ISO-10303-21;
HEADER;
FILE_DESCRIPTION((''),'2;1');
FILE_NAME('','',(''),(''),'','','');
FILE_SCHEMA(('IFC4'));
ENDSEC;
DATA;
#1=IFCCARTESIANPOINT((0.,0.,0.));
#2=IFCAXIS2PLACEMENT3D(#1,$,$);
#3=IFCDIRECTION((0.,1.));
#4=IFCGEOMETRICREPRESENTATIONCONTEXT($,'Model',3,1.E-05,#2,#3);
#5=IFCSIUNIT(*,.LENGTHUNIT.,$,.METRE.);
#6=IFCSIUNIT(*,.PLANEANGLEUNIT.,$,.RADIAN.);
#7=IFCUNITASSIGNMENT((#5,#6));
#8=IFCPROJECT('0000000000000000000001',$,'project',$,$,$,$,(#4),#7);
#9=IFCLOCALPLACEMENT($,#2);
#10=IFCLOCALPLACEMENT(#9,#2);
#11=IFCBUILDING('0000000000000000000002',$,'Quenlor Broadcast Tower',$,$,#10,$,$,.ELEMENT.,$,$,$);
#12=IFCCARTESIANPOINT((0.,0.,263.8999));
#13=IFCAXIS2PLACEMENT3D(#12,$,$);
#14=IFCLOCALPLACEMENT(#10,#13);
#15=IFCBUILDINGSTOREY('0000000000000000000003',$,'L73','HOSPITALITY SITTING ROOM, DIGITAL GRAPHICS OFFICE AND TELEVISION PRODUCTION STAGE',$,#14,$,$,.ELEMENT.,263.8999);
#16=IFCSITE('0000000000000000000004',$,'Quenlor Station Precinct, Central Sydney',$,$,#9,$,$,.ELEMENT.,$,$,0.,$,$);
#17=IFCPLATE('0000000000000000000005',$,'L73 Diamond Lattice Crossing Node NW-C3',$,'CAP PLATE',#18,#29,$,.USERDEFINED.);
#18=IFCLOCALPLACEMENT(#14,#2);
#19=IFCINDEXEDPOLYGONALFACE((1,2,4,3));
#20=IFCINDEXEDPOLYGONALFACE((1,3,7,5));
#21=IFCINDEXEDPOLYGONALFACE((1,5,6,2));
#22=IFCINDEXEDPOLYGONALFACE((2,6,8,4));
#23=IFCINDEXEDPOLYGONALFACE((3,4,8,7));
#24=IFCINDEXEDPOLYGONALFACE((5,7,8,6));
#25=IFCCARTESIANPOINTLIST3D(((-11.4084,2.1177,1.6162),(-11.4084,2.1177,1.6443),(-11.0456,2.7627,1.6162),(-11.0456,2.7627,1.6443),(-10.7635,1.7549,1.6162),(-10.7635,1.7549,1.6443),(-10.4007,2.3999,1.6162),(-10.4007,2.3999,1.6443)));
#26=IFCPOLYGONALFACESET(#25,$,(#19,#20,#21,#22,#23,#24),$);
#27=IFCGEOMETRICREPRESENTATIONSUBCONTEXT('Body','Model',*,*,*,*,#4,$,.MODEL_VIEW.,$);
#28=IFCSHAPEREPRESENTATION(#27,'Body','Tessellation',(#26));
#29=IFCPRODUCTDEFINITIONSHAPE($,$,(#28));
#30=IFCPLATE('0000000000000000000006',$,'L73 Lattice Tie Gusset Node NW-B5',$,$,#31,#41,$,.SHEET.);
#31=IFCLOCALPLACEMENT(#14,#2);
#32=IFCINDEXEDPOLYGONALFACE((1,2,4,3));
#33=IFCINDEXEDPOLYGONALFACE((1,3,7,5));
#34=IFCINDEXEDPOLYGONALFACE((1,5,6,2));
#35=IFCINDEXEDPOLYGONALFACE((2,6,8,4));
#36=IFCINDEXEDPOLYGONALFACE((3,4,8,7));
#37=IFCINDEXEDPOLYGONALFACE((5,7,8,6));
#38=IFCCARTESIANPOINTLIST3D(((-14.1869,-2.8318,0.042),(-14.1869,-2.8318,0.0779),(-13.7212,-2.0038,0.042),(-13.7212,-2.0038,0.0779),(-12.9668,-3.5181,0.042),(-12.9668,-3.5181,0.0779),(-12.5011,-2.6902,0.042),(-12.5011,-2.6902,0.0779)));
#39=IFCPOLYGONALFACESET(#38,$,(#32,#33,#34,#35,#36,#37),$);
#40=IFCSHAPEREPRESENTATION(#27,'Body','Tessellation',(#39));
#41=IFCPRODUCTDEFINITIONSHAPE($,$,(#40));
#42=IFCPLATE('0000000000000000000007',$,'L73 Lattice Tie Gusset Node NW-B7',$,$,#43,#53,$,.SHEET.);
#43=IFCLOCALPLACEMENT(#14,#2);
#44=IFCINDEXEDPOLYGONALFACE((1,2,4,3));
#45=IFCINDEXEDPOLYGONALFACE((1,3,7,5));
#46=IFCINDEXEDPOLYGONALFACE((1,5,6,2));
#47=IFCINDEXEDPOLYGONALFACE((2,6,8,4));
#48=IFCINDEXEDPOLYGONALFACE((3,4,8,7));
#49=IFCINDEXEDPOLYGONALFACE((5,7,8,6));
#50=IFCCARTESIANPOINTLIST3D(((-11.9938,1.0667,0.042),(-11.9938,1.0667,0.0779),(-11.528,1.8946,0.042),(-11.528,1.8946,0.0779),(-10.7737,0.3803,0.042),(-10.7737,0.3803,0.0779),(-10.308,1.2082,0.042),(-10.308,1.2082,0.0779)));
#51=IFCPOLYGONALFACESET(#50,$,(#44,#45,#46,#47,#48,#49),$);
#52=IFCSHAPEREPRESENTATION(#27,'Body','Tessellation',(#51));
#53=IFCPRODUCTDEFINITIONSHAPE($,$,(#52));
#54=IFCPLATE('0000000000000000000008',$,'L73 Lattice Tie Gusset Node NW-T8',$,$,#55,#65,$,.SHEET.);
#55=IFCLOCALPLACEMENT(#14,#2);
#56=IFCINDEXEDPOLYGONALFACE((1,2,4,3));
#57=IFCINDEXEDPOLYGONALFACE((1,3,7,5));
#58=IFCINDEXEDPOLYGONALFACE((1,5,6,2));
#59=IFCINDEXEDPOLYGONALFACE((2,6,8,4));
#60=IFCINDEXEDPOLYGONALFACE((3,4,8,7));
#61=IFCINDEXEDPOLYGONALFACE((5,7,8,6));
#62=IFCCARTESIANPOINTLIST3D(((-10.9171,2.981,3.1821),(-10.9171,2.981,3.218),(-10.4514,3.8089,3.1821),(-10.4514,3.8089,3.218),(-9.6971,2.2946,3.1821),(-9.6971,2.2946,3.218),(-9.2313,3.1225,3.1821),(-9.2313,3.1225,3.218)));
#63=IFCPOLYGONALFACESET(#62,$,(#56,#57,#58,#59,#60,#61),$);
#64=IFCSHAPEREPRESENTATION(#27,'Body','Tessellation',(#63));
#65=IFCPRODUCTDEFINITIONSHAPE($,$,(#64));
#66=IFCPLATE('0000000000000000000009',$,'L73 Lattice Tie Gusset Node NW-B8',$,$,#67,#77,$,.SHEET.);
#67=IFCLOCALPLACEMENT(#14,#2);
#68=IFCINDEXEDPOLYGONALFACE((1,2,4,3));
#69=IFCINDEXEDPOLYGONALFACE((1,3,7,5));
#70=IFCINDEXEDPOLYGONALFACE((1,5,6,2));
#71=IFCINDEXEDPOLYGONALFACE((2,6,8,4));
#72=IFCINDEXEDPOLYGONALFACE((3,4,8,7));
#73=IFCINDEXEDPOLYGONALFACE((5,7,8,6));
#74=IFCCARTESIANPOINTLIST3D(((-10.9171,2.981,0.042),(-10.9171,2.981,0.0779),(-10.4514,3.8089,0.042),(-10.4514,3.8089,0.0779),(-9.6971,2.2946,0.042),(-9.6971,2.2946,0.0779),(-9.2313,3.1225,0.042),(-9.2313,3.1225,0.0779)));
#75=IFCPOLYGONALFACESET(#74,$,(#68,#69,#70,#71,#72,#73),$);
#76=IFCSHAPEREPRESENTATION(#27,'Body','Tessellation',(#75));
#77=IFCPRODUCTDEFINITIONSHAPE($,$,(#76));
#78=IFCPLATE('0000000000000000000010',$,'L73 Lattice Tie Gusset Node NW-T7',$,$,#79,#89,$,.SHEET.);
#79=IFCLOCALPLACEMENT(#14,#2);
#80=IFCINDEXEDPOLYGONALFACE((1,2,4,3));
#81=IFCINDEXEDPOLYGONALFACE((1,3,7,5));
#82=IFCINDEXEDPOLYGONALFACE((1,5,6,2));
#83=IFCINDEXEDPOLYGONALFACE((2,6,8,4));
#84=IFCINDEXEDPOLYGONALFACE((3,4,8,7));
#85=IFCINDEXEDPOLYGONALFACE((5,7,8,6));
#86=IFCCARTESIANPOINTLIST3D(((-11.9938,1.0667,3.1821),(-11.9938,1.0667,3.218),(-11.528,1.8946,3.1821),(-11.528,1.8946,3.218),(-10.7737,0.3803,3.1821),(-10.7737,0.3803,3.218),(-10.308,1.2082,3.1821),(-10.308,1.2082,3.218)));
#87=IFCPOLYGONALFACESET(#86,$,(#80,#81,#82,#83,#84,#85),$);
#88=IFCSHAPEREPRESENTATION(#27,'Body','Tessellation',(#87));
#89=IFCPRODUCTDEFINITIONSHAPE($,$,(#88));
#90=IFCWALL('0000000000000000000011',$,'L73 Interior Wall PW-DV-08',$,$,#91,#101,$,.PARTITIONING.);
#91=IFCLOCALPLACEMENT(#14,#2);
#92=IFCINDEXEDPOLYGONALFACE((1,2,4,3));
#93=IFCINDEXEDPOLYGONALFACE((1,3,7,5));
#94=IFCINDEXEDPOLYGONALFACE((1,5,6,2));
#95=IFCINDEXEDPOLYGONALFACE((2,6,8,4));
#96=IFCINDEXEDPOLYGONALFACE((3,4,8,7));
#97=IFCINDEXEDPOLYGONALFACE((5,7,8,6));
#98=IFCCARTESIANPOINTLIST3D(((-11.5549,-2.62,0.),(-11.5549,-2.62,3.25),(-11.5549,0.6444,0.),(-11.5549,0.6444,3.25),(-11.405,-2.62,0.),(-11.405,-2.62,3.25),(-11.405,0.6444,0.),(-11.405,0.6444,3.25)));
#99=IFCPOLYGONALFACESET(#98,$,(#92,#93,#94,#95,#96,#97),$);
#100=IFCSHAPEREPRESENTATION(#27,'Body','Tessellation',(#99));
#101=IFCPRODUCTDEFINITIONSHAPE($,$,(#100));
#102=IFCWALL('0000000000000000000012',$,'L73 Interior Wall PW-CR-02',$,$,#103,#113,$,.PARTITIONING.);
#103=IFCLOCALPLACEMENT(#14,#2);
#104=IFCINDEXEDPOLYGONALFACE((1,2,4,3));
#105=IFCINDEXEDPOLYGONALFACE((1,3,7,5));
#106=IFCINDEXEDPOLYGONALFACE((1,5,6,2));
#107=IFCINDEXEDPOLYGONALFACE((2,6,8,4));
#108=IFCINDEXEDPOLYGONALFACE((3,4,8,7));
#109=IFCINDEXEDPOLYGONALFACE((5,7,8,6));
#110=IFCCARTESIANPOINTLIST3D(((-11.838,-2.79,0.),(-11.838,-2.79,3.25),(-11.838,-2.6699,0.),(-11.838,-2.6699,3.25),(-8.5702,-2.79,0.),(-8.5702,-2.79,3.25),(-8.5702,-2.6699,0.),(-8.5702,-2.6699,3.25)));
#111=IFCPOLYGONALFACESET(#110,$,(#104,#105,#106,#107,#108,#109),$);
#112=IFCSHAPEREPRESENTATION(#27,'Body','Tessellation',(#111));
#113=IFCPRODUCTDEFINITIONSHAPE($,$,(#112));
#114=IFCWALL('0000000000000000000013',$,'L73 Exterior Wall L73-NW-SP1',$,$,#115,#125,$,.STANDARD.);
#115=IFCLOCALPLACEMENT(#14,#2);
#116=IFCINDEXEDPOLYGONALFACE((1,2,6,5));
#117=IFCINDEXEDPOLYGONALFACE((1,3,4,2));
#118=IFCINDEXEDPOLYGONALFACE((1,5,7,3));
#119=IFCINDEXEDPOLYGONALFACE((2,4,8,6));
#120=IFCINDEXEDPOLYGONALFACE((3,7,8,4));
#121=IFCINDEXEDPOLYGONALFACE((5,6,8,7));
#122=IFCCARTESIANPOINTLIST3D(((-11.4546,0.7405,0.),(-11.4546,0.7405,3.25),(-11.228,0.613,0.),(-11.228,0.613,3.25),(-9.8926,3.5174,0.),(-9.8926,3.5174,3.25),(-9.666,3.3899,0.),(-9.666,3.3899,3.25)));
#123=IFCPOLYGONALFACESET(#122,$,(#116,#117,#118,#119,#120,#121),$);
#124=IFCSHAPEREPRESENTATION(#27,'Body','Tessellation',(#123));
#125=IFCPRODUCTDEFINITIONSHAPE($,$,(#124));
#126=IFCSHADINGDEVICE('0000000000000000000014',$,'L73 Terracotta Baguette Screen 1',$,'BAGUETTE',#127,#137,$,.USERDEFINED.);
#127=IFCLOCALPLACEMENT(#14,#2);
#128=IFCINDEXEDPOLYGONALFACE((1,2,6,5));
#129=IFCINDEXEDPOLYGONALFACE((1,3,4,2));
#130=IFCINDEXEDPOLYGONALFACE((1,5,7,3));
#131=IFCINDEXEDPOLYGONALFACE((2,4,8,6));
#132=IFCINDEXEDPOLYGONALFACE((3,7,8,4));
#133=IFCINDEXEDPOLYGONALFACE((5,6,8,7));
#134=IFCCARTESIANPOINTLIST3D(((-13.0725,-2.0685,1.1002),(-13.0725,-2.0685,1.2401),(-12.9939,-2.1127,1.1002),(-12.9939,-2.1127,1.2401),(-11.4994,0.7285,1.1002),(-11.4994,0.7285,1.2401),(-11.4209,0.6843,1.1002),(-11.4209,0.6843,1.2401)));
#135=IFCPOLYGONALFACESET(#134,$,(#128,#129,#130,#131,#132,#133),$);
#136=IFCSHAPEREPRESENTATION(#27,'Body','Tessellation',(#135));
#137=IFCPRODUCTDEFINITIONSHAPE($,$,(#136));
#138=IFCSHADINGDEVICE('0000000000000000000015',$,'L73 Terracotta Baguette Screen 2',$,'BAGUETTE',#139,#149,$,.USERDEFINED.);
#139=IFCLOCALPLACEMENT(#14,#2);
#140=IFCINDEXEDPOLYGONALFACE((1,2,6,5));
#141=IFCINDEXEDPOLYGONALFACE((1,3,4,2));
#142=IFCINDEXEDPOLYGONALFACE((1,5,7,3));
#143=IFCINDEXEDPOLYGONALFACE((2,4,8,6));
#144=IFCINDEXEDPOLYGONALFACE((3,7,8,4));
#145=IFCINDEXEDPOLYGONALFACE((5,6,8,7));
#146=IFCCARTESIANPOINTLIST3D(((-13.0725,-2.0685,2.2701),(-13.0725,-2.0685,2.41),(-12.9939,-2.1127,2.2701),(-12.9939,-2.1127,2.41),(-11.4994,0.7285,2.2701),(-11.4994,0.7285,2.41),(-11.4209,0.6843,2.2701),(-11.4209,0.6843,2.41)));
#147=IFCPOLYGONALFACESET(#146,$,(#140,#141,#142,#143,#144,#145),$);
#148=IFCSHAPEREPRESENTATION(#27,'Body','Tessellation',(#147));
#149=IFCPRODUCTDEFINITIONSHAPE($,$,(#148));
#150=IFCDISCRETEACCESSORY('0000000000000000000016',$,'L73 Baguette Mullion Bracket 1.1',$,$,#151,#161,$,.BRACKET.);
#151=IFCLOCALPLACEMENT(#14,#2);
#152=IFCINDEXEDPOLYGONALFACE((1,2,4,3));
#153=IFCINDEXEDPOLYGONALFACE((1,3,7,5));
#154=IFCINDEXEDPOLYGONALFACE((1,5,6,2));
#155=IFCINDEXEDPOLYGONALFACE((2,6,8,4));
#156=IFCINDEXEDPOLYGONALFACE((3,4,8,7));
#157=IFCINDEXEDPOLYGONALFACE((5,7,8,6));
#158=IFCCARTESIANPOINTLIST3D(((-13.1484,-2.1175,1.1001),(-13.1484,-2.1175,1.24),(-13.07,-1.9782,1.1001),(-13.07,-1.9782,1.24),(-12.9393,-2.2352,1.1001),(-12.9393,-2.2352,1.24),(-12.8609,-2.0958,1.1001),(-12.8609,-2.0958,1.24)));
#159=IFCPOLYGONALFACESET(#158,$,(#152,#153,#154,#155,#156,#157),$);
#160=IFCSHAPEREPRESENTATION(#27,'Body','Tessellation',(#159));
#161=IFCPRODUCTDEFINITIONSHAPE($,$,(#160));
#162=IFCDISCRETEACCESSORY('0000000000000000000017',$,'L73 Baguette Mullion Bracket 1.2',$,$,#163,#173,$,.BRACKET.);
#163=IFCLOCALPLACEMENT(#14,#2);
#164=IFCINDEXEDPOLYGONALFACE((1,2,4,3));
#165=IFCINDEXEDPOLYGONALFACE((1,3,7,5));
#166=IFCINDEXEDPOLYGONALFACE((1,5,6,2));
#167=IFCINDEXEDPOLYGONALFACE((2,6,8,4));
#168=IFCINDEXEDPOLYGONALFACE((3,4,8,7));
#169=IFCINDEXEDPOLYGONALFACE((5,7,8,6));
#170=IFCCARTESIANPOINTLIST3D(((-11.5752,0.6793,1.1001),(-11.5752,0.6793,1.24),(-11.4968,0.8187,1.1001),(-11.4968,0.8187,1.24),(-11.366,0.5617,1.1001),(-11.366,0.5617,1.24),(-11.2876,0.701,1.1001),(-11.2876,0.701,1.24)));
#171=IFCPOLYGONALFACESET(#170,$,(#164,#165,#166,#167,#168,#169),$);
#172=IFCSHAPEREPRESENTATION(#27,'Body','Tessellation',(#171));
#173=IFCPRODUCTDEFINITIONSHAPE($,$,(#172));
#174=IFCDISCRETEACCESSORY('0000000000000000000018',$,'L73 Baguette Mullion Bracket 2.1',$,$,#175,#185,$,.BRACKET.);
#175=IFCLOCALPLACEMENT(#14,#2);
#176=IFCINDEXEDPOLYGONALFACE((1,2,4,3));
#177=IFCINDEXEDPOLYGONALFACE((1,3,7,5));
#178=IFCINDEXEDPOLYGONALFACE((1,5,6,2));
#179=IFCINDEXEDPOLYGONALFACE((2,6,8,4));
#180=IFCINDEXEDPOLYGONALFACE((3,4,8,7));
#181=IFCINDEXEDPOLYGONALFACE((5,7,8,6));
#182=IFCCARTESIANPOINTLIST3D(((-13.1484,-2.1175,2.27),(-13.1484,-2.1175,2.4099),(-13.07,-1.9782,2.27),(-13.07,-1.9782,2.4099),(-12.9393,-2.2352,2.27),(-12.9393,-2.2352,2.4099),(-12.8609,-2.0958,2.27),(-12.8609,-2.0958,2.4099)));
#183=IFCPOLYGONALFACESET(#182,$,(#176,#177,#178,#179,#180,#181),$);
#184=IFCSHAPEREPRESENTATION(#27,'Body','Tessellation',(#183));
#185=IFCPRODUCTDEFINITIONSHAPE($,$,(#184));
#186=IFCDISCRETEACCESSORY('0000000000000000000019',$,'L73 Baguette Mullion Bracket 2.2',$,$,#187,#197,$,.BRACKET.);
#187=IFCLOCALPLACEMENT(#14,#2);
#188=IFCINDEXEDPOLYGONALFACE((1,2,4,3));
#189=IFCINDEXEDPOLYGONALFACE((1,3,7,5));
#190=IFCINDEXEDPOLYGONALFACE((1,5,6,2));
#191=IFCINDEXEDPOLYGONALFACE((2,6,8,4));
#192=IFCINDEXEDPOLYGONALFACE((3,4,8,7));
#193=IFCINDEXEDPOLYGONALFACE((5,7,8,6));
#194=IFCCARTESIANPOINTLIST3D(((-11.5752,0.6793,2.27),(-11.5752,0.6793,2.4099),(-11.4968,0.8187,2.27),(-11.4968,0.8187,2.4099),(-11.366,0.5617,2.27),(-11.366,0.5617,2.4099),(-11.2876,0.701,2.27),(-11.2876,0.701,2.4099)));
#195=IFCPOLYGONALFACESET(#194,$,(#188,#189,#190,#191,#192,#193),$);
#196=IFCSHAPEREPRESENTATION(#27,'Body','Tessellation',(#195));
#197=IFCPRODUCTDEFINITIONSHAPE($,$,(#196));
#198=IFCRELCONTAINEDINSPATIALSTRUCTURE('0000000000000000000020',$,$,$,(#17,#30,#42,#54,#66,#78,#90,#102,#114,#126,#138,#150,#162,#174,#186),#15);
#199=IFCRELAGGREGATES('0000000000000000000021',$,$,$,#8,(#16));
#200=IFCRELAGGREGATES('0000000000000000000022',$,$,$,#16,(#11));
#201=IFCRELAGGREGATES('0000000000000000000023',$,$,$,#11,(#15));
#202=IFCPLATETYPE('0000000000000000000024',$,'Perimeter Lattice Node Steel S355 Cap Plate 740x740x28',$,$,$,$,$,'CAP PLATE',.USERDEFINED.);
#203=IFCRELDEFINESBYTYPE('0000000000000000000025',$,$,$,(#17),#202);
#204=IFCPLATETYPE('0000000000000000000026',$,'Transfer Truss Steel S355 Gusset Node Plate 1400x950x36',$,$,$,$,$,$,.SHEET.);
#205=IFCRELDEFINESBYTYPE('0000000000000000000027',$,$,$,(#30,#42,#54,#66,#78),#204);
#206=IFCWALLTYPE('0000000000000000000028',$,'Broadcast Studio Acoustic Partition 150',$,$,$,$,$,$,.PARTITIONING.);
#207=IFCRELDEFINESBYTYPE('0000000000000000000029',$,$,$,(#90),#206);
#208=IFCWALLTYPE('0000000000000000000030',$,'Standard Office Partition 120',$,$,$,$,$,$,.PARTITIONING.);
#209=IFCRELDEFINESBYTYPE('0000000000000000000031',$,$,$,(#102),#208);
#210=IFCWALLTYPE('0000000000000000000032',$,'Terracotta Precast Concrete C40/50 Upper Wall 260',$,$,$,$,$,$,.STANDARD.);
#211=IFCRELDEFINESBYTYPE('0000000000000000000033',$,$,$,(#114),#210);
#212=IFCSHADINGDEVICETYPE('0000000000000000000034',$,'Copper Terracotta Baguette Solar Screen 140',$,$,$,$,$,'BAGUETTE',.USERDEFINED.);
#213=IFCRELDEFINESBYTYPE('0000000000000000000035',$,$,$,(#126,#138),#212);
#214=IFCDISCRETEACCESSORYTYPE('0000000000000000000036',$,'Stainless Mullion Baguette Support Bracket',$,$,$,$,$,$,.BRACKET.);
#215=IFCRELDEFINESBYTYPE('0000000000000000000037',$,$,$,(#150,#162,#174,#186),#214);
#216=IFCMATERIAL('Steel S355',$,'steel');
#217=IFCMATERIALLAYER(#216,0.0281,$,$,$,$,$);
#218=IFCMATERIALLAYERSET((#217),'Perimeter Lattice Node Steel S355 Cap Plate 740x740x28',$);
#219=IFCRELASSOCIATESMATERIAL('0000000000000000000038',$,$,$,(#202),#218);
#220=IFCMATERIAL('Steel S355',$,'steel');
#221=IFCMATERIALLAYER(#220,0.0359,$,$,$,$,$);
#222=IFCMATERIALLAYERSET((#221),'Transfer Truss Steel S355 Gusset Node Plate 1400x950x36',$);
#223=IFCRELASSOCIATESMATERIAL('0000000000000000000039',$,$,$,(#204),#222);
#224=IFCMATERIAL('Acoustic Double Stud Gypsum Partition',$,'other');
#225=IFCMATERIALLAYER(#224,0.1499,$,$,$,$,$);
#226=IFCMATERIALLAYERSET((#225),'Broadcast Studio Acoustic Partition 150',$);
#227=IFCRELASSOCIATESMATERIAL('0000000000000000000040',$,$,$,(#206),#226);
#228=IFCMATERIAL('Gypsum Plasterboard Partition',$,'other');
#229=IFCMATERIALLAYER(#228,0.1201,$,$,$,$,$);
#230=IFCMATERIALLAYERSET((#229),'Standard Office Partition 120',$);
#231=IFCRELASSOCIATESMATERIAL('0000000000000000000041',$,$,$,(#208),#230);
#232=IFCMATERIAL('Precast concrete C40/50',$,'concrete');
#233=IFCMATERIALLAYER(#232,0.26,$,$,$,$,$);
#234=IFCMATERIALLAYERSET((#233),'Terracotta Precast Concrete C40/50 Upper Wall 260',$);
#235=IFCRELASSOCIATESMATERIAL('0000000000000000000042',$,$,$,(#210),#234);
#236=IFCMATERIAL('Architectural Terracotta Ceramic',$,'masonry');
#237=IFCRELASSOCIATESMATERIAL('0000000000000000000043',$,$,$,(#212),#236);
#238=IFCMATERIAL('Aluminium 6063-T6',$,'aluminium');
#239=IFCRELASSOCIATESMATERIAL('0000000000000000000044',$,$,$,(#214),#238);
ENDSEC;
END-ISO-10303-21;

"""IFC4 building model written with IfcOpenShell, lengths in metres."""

from ifc_helpers import new_model, si_unit, direction, frame, frame_2d, origin, origin_2d, place, context, subcontext, project, spatial, rectangle, extrude, material, layer, layer_set, material_profile, profile_set, type_object, element, save


model = new_model("IFC4")

# Units and contexts
model_context = context("Model", 3, precision=1e-05, world=origin(), true_north=direction((0.0, 1.0)))
body_context = subcontext(model_context, "Body", "Model", "MODEL_VIEW")
ifc_project = project(units=[si_unit("LENGTHUNIT", "METRE"), si_unit("PLANEANGLEUNIT", "RADIAN")], contexts=[model_context])

# Site, building, storey
site_placement = place(None, origin())
site = spatial("IfcSite", under=ifc_project, at=site_placement, Name="Quenlor Station Precinct, Central Sydney", CompositionType="ELEMENT", RefElevation=0.0)
building_placement = place(site_placement, origin())
building = spatial("IfcBuilding", under=site, at=building_placement, Name="Quenlor Broadcast Tower", CompositionType="ELEMENT")
storey_placement = place(building_placement, frame((0.0, 0.0, 263.8999)))
storey = spatial("IfcBuildingStorey", under=building, at=storey_placement, Name="L73", Description="HOSPITALITY SITTING ROOM, DIGITAL GRAPHICS OFFICE AND TELEVISION PRODUCTION STAGE", CompositionType="ELEMENT", Elevation=263.8999)

# Plates
ifc_material_1 = material(Name="Steel S355", Category="steel")
ifc_layer_1 = layer(ifc_material_1, 0.0281)
ifc_layer_set_1 = layer_set([ifc_layer_1], Name="Perimeter Lattice Node Steel S355 Cap Plate 740x740x28")
plate_type_1 = type_object("IfcPlateType", Name="Perimeter Lattice Node Steel S355 Cap Plate 740x740x28", ElementType="CAP PLATE", PredefinedType="USERDEFINED", material=ifc_layer_set_1)
plate_1_placement = place(storey_placement, frame((-10.9045, 2.2588, 1.6162), z_axis=(0.0, 0.0, 1.0), x_axis=(0.490295, 0.871556, 0.0)))
element("IfcPlate", 1, at=plate_1_placement, inside=storey, type_object=plate_type_1, Name="L73 Diamond Lattice Crossing Node NW-C3", ObjectType="CAP PLATE", PredefinedType="USERDEFINED", context=body_context, shape_type="SweptSolid", body=[
    extrude(rectangle(XDim=0.74, YDim=0.74, at=origin_2d()), origin(), (0.0, 0.0, 1.0), 0.0281),
])
ifc_material_2 = material(Name="Steel S355", Category="steel")
ifc_layer_2 = layer(ifc_material_2, 0.0359)
ifc_layer_set_2 = layer_set([ifc_layer_2], Name="Transfer Truss Steel S355 Gusset Node Plate 1400x950x36")
plate_type_2 = type_object("IfcPlateType", Name="Transfer Truss Steel S355 Gusset Node Plate 1400x950x36", PredefinedType="SHEET", material=ifc_layer_set_2)
for number, where, z_axis, x_axis, name in (
    (2, (-13.344, -2.761, 0.042), (0.0, 0.0, 1.0), (-0.871556, 0.490295, 0.0), "L73 Lattice Tie Gusset Node NW-B5"),
    (3, (-11.1509, 1.1375, 0.042), (0.0, 0.0, 1.0), (-0.871556, 0.490295, 0.0), "L73 Lattice Tie Gusset Node NW-B7"),
    (4, (-10.0742, 3.0518, 3.1821), (0.0, 0.0, 1.0), (-0.871556, 0.490295, 0.0), "L73 Lattice Tie Gusset Node NW-T8"),
    (5, (-10.0742, 3.0518, 0.042), (0.0, 0.0, 1.0), (-0.871556, 0.490295, 0.0), "L73 Lattice Tie Gusset Node NW-B8"),
    (6, (-11.1509, 1.1375, 3.1821), (0.0, 0.0, 1.0), (-0.871556, 0.490295, 0.0), "L73 Lattice Tie Gusset Node NW-T7"),
):
    element("IfcPlate", number, at=place(storey_placement, frame(where, z_axis=z_axis, x_axis=x_axis)), inside=storey, type_object=plate_type_2, Name=name, PredefinedType="SHEET", context=body_context, shape_type="SweptSolid", body=[
        extrude(rectangle(XDim=1.3999, YDim=0.95, at=origin_2d()), origin(), (0.0, 0.0, 1.0), 0.0359),
    ])

# Walls
ifc_material_3 = material(Name="Acoustic Double Stud Gypsum Partition", Category="other")
ifc_layer_3 = layer(ifc_material_3, 0.1499)
ifc_layer_set_3 = layer_set([ifc_layer_3], Name="Broadcast Studio Acoustic Partition 150")
wall_type_1 = type_object("IfcWallType", Name="Broadcast Studio Acoustic Partition 150", PredefinedType="PARTITIONING", material=ifc_layer_set_3)
wall_1_placement = place(storey_placement, frame((-11.48, -2.6201, 0.0), z_axis=(0.0, 0.0, 1.0), x_axis=(0.0, 1.0, 0.0)))
element("IfcWall", 7, at=wall_1_placement, inside=storey, type_object=wall_type_1, Name="L73 Interior Wall PW-DV-08", PredefinedType="PARTITIONING", context=body_context, shape_type="SweptSolid", body=[
    extrude(rectangle(XDim=3.2644, YDim=0.1499, at=frame_2d((1.6323, 0.0))), origin(), (0.0, 0.0, 1.0), 3.25),
])
ifc_material_4 = material(Name="Gypsum Plasterboard Partition", Category="other")
ifc_layer_4 = layer(ifc_material_4, 0.1201)
ifc_layer_set_4 = layer_set([ifc_layer_4], Name="Standard Office Partition 120")
wall_type_2 = type_object("IfcWallType", Name="Standard Office Partition 120", PredefinedType="PARTITIONING", material=ifc_layer_set_4)
wall_2_placement = place(storey_placement, frame((-11.8379, -2.73, 0.0), z_axis=(0.0, 0.0, 1.0), x_axis=(1.0, 0.0, 0.0)))
element("IfcWall", 8, at=wall_2_placement, inside=storey, type_object=wall_type_2, Name="L73 Interior Wall PW-CR-02", PredefinedType="PARTITIONING", context=body_context, shape_type="SweptSolid", body=[
    extrude(rectangle(XDim=3.2678, YDim=0.1201, at=frame_2d((1.6338, 0.0))), origin(), (0.0, 0.0, 1.0), 3.25),
])
ifc_material_5 = material(Name="Precast concrete C40/50", Category="concrete")
ifc_layer_5 = layer(ifc_material_5, 0.26)
ifc_layer_set_5 = layer_set([ifc_layer_5], Name="Terracotta Precast Concrete C40/50 Upper Wall 260")
wall_type_3 = type_object("IfcWallType", Name="Terracotta Precast Concrete C40/50 Upper Wall 260", PredefinedType="STANDARD", material=ifc_layer_set_5)
wall_3_placement = place(storey_placement, frame((-11.3413, 0.6768, 0.0), z_axis=(0.0, 0.0, 1.0), x_axis=(0.490269, 0.871571, 0.0)))
element("IfcWall", 9, at=wall_3_placement, inside=storey, type_object=wall_type_3, Name="L73 Exterior Wall L73-NW-SP1", PredefinedType="STANDARD", context=body_context, shape_type="SweptSolid", body=[
    extrude(rectangle(XDim=3.186, YDim=0.26, at=frame_2d((1.593, 0.0))), origin(), (0.0, 0.0, 1.0), 3.25),
])

# Shading devices
ifc_material_6 = material(Name="Architectural Terracotta Ceramic", Category="masonry")
ifc_material_profile_1 = material_profile(ifc_material_6, rectangle(XDim=0.0901, YDim=0.1399, at=origin_2d()))
ifc_profile_set_1 = profile_set([ifc_material_profile_1], Name="Architectural Terracotta Ceramic BAG90x140")
shading_device_type = type_object("IfcShadingDeviceType", Name="Copper Terracotta Baguette Solar Screen 140", ElementType="BAGUETTE", PredefinedType="USERDEFINED", material=ifc_profile_set_1)
for number, where, z_axis, x_axis, name in (
    (10, (-13.0332, -2.0906, 1.1702), (0.490203, 0.871608, 0.0), (-0.871608, 0.490203, 0.0), "L73 Terracotta Baguette Screen 1"),
    (11, (-13.0332, -2.0906, 2.3401), (0.490203, 0.871608, 0.0), (-0.871608, 0.490203, 0.0), "L73 Terracotta Baguette Screen 2"),
):
    element("IfcShadingDevice", number, at=place(storey_placement, frame(where, z_axis=z_axis, x_axis=x_axis)), inside=storey, type_object=shading_device_type, Name=name, ObjectType="BAGUETTE", PredefinedType="USERDEFINED", context=body_context, shape_type="SweptSolid", body=[
        extrude(rectangle(XDim=0.0901, YDim=0.1399, at=origin_2d()), origin(), (0.0, 0.0, 1.0), 3.209),
    ])

# Discrete accessories
ifc_material_7 = material(Name="Aluminium 6063-T6", Category="aluminium")
discrete_accessory_type = type_object("IfcDiscreteAccessoryType", Name="Stainless Mullion Baguette Support Bracket", PredefinedType="BRACKET", material=ifc_material_7)
for number, where, z_axis, x_axis, name in (
    (12, (-13.0046, -2.1067, 1.1001), (0.0, 0.0, 1.0), (0.490262, 0.871575, 0.0), "L73 Baguette Mullion Bracket 1.1"),
    (13, (-11.4314, 0.6902, 1.1001), (0.0, 0.0, 1.0), (0.490262, 0.871575, 0.0), "L73 Baguette Mullion Bracket 1.2"),
    (14, (-13.0046, -2.1067, 2.27), (0.0, 0.0, 1.0), (0.490262, 0.871575, 0.0), "L73 Baguette Mullion Bracket 2.1"),
    (15, (-11.4314, 0.6902, 2.27), (0.0, 0.0, 1.0), (0.490262, 0.871575, 0.0), "L73 Baguette Mullion Bracket 2.2"),
):
    element("IfcDiscreteAccessory", number, at=place(storey_placement, frame(where, z_axis=z_axis, x_axis=x_axis)), inside=storey, type_object=discrete_accessory_type, Name=name, PredefinedType="BRACKET", context=body_context, shape_type="SweptSolid", body=[
        extrude(rectangle(XDim=0.1599, YDim=0.24, at=origin_2d()), origin(), (0.0, 0.0, 1.0), 0.1399),
    ])

save(model, "model.ifc")
